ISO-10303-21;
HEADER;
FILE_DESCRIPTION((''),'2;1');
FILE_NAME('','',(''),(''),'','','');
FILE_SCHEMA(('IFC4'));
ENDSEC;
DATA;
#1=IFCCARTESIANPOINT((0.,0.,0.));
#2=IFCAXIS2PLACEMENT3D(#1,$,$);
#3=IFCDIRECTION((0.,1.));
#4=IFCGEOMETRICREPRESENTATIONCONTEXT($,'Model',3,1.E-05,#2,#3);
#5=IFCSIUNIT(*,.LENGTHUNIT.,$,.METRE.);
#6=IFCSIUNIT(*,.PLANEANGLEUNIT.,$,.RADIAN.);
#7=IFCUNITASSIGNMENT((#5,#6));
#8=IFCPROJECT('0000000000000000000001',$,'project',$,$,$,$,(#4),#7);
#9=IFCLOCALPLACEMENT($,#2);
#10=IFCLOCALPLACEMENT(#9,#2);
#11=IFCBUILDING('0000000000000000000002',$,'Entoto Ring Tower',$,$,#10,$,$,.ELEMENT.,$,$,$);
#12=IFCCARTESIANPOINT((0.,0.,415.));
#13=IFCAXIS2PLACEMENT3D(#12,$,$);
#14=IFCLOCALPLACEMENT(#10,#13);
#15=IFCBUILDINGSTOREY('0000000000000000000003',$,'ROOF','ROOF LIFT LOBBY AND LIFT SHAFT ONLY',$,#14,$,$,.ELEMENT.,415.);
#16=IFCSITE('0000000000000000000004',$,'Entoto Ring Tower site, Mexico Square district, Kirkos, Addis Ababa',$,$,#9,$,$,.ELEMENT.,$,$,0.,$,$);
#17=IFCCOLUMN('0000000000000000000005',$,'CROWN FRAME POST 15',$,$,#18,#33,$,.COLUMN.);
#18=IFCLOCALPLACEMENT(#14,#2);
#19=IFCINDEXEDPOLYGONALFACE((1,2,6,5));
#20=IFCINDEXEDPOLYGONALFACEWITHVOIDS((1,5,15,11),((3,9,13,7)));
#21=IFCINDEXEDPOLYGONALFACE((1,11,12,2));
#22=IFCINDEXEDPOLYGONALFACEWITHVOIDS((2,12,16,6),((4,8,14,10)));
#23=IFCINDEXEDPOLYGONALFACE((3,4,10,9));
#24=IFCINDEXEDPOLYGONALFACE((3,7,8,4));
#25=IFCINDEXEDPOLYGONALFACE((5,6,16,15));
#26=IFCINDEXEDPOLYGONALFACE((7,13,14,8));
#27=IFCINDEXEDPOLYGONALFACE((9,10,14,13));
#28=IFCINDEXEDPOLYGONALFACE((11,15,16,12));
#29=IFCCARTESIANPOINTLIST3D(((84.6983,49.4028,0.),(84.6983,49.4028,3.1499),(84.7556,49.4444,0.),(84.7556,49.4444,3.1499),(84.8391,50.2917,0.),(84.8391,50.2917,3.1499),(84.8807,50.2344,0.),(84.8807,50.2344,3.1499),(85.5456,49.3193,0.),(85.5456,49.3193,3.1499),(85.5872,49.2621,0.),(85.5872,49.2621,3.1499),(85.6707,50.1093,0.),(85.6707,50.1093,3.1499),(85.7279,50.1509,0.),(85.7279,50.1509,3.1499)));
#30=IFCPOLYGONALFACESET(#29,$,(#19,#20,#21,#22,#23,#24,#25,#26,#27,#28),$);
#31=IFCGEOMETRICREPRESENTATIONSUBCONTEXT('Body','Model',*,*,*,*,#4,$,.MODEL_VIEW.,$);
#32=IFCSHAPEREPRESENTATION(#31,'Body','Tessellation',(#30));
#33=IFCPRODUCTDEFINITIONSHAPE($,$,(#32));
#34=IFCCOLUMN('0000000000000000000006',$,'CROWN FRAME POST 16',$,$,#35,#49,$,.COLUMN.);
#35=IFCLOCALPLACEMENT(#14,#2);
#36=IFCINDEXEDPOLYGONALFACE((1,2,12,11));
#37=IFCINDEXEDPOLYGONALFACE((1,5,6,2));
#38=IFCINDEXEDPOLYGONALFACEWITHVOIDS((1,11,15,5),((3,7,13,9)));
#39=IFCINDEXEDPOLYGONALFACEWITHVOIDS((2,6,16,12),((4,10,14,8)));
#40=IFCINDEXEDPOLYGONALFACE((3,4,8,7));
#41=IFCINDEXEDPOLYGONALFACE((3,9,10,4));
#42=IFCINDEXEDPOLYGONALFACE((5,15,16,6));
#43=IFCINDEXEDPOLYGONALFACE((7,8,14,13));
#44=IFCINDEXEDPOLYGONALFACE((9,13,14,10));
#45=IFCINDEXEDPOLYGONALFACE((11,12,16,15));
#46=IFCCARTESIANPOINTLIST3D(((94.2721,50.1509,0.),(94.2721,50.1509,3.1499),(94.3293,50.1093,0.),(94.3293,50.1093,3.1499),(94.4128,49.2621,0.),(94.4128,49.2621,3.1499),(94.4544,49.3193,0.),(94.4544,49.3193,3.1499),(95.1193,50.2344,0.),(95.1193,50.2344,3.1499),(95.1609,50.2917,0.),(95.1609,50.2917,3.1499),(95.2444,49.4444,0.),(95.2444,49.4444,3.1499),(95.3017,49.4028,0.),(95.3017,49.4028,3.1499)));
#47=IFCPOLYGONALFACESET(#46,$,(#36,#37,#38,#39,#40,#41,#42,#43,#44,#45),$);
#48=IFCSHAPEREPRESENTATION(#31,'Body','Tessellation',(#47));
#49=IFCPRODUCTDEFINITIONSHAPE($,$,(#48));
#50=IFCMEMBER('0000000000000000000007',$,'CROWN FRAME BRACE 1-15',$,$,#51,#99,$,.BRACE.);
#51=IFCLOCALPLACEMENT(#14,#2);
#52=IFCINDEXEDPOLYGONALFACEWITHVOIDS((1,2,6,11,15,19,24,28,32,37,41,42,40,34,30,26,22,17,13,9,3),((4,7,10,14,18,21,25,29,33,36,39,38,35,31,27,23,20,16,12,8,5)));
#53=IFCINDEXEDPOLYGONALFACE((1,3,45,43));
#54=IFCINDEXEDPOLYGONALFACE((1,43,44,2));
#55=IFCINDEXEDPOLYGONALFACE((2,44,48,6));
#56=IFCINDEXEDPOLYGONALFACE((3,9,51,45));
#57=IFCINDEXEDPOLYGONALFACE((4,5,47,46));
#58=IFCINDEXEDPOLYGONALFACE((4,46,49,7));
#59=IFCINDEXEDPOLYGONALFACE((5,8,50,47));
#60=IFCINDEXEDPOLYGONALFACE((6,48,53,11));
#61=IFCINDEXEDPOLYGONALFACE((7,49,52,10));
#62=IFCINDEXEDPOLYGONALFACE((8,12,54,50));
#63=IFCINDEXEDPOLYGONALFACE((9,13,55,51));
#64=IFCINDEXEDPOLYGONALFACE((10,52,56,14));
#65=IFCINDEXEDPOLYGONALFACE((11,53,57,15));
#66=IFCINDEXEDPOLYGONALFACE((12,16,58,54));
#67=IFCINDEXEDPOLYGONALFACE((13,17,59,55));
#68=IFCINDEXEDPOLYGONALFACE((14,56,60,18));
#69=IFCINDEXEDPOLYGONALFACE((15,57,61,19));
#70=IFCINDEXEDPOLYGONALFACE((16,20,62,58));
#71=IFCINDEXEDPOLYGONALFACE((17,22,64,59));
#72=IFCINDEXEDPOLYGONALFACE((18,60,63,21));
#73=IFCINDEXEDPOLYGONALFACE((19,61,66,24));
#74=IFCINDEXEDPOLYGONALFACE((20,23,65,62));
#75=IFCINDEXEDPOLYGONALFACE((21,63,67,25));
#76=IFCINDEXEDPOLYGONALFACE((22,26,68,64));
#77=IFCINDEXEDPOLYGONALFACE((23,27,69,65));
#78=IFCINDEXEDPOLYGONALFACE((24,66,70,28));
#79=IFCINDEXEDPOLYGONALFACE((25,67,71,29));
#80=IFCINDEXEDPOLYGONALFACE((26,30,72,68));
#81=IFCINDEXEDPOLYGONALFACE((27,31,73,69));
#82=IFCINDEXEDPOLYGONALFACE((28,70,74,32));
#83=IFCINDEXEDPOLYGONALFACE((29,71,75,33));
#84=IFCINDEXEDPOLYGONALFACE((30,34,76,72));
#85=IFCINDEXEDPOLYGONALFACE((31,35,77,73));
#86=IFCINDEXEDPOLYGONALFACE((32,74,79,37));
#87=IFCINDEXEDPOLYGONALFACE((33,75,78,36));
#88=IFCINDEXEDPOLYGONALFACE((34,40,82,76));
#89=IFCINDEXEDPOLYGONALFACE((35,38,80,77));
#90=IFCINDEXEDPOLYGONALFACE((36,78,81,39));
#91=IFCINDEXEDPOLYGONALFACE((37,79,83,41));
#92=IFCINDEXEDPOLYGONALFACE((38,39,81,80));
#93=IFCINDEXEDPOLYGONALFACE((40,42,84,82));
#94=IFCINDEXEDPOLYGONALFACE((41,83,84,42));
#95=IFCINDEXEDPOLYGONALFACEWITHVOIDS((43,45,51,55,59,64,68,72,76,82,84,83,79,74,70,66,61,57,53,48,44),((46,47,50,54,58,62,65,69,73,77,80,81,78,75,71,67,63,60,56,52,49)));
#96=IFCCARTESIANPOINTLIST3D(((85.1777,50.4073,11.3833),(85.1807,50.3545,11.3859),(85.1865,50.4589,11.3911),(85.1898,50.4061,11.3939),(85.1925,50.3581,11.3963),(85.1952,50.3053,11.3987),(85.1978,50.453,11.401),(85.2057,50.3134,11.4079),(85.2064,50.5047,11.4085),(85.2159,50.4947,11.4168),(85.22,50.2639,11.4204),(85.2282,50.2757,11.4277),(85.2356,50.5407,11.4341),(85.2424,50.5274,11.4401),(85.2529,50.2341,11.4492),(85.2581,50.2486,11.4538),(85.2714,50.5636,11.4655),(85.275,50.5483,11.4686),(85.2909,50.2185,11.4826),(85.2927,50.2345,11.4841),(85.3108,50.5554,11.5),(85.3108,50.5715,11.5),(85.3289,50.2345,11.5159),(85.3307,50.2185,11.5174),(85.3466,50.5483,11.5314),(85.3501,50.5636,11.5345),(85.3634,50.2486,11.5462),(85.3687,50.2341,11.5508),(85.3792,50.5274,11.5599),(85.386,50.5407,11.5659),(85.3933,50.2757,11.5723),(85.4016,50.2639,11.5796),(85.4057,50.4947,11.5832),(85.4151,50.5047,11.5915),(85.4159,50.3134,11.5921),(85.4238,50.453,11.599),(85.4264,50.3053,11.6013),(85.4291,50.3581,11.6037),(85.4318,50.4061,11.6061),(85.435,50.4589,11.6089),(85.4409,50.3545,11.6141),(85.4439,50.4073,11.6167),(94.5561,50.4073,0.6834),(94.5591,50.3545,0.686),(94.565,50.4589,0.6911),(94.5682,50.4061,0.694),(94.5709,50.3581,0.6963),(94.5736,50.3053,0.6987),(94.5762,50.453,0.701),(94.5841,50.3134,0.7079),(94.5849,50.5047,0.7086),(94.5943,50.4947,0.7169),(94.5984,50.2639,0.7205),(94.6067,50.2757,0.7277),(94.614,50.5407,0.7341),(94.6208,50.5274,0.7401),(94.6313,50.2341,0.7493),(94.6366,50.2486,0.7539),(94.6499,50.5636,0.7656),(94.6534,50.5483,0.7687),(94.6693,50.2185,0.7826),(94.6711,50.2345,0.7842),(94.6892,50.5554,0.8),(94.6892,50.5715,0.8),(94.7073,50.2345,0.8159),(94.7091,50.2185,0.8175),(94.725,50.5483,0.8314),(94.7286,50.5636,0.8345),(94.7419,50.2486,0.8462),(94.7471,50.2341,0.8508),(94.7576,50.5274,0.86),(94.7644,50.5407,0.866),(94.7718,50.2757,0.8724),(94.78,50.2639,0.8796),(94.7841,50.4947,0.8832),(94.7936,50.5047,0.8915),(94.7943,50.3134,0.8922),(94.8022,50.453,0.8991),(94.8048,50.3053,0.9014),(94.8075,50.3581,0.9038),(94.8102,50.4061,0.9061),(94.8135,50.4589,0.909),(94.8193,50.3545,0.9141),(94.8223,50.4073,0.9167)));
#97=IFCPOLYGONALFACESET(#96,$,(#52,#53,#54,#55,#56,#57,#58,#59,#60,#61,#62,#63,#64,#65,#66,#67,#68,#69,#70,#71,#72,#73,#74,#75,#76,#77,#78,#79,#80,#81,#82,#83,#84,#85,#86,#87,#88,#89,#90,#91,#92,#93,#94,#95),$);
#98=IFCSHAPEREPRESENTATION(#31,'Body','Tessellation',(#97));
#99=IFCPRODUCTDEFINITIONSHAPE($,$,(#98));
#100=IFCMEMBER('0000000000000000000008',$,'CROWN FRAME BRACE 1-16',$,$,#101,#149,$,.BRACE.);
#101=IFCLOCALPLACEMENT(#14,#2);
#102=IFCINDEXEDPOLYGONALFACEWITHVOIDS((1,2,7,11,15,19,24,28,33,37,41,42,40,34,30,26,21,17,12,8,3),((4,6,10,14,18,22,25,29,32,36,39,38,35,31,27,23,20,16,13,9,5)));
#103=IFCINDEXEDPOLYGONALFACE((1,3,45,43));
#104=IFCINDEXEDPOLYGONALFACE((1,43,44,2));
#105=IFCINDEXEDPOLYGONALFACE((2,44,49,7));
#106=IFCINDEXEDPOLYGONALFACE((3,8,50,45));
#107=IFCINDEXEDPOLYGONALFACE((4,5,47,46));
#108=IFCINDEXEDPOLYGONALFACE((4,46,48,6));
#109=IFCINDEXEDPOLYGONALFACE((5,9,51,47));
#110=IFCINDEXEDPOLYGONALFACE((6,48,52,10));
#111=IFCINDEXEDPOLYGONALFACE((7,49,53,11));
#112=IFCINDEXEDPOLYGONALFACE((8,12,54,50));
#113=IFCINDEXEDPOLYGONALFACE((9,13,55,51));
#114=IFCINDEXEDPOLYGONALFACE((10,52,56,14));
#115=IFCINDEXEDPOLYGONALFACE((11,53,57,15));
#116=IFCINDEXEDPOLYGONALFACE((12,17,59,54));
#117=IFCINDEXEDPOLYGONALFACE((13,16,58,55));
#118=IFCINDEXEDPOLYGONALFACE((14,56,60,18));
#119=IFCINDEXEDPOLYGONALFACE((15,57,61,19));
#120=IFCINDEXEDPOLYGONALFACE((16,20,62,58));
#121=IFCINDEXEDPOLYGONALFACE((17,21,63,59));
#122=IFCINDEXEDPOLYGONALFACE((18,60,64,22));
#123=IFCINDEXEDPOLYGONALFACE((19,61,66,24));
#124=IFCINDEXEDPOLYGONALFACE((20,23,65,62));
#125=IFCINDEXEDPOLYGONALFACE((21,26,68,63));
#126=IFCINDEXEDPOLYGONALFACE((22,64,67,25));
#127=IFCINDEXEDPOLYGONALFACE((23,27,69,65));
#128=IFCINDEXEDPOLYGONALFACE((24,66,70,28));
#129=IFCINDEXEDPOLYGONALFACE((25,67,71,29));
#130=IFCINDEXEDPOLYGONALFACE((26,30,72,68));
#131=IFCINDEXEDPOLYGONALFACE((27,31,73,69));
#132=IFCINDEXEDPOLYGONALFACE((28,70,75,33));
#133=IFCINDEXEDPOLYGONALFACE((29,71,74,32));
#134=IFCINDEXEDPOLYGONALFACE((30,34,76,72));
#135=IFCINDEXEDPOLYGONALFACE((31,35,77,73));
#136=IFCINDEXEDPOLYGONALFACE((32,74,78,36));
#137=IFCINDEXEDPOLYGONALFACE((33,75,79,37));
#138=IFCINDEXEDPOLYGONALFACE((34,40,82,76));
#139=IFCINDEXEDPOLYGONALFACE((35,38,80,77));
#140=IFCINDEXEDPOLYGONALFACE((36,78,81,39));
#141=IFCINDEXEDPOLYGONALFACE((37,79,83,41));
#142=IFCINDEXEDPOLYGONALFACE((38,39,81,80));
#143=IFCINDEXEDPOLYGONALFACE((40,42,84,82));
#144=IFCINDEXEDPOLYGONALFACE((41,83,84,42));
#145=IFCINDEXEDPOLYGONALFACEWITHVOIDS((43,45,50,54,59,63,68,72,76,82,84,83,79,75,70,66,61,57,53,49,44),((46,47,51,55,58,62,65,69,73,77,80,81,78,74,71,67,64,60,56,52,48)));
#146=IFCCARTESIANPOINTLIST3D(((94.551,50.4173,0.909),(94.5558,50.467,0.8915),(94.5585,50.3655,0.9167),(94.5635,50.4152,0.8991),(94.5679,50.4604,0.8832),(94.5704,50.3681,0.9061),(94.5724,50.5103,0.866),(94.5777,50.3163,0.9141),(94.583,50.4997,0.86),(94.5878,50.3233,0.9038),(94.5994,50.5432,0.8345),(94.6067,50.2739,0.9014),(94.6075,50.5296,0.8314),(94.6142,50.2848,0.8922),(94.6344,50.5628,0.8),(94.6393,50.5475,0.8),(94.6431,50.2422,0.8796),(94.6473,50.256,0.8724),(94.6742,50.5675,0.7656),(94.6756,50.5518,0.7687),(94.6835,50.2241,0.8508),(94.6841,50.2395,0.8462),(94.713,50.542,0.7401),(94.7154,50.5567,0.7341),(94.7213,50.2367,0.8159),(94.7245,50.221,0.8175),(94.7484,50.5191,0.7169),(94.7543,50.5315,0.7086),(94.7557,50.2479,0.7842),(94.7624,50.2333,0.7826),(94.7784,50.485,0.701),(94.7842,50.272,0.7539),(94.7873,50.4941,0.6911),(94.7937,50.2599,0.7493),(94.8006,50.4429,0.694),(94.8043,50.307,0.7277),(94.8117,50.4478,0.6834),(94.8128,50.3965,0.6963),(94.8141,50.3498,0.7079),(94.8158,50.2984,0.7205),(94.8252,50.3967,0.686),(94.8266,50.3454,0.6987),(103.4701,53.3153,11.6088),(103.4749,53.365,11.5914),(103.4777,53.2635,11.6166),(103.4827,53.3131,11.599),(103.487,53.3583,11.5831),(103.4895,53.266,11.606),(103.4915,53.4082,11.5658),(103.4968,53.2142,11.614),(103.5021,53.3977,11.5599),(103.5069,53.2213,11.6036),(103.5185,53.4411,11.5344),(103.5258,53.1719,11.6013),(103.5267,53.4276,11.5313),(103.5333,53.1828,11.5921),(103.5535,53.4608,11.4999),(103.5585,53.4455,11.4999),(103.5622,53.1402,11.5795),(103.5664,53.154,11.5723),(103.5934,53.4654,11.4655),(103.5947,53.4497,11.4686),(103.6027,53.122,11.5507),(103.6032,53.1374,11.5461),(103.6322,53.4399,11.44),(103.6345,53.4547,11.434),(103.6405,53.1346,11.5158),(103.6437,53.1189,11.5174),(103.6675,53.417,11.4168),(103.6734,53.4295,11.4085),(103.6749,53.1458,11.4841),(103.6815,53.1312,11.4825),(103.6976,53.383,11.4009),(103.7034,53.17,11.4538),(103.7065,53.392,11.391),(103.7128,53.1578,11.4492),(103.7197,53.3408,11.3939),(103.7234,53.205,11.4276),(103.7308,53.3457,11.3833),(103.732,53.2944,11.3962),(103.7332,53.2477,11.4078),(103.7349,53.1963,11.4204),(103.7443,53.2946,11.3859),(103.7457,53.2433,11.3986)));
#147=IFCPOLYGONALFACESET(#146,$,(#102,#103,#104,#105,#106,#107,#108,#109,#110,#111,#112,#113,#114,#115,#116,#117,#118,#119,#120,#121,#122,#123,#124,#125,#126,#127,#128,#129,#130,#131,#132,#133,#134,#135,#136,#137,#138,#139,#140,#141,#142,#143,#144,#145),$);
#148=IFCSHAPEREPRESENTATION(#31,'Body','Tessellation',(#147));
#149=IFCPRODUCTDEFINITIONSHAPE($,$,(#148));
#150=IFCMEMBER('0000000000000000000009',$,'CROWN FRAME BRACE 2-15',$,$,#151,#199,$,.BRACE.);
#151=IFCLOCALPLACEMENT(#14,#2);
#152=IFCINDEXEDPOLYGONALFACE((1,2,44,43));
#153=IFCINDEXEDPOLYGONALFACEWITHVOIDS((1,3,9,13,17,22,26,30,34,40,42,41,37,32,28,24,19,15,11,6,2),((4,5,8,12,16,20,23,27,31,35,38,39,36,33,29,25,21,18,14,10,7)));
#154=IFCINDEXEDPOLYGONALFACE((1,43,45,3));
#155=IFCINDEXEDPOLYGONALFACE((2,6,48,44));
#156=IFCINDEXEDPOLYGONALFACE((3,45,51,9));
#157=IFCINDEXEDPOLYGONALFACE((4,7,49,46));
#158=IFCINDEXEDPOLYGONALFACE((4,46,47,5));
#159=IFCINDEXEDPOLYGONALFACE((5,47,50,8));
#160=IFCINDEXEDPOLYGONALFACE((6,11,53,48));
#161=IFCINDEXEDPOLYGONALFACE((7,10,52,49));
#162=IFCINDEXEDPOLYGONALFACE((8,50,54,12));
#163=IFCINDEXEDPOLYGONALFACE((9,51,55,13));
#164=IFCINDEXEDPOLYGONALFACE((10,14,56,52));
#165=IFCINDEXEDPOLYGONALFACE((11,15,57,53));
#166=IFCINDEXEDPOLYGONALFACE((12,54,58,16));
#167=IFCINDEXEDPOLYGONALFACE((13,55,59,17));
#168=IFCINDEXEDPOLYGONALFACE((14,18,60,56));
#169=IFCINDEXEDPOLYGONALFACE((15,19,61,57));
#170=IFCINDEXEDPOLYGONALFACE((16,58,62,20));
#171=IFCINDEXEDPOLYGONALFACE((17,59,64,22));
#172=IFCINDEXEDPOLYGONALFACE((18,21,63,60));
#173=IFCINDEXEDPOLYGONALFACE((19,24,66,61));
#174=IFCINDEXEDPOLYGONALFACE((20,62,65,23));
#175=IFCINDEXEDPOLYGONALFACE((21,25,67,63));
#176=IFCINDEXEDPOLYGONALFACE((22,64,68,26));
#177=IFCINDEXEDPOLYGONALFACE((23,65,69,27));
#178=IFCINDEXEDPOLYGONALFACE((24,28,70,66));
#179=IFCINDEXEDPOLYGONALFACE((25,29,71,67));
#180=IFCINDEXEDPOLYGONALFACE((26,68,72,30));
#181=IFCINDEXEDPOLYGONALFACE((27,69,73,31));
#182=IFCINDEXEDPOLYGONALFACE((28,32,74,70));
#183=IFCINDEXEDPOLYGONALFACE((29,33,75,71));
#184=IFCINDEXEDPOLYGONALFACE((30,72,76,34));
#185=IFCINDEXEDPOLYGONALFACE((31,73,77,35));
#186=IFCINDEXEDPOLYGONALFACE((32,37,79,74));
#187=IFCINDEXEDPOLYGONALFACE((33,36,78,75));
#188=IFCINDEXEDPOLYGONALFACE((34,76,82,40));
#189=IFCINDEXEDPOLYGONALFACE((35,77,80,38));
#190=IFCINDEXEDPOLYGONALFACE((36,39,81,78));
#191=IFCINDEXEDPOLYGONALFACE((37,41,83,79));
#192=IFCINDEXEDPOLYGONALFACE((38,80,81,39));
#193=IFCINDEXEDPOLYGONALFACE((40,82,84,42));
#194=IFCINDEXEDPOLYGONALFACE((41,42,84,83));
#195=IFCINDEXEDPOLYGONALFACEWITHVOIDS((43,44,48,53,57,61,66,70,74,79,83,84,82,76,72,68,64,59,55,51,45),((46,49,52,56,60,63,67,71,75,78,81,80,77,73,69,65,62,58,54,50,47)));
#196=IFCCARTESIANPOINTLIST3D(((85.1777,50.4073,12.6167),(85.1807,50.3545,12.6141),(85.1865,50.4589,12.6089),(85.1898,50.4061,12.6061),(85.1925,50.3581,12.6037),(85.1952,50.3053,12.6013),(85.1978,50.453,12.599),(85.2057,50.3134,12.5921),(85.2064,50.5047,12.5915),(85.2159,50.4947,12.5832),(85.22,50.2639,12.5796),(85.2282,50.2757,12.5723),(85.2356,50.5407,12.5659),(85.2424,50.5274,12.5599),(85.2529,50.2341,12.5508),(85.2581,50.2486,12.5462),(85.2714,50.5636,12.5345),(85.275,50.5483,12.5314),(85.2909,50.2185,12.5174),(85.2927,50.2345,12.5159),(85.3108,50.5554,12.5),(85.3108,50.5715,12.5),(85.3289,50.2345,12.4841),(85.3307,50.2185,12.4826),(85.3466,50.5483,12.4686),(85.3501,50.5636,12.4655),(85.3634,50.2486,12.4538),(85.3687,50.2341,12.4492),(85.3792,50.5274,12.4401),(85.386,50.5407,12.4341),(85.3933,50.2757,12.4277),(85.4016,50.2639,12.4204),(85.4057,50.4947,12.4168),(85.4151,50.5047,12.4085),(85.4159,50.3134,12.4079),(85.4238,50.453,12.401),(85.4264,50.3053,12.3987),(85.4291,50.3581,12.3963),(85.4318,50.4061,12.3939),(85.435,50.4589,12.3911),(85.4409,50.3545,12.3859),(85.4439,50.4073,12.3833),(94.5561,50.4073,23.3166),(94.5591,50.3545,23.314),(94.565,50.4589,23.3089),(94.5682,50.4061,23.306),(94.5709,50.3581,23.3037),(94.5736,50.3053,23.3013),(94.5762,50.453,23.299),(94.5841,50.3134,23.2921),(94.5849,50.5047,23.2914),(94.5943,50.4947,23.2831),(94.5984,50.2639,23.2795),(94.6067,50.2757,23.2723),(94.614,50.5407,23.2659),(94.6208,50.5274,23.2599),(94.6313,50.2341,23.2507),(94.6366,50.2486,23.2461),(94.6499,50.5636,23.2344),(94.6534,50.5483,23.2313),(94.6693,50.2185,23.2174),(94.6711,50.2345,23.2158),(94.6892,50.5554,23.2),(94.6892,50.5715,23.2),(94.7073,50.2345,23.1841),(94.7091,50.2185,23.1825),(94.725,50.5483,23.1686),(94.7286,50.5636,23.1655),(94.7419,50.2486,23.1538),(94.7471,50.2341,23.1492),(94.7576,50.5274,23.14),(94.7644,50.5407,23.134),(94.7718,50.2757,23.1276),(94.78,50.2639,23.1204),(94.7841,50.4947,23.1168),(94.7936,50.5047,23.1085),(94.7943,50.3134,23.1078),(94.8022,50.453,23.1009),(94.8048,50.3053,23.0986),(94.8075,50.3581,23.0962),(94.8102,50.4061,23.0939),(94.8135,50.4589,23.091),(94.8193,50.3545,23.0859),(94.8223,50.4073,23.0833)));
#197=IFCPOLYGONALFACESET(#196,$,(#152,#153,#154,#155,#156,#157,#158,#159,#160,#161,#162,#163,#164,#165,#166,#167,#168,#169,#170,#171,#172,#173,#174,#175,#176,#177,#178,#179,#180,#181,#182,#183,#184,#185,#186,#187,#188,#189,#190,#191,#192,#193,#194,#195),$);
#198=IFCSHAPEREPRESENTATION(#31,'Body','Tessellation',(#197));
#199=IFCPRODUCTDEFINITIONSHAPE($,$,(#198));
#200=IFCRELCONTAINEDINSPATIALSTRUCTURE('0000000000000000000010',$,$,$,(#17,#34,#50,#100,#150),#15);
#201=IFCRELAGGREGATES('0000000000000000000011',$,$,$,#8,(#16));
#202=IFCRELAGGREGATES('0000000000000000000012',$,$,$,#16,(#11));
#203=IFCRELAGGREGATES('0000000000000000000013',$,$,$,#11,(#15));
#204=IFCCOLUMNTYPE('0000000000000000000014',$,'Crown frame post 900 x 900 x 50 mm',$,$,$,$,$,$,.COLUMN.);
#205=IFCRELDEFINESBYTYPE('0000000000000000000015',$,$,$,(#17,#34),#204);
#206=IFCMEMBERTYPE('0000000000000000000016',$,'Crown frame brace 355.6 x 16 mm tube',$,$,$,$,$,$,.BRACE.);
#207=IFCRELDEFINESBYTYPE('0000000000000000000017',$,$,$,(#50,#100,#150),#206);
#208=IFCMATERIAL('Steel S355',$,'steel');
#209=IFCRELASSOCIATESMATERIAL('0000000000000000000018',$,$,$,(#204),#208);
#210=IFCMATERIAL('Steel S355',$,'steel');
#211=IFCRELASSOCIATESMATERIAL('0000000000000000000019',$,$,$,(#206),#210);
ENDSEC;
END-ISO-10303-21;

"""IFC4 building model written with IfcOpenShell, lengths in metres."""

from ifc_helpers import new_model, si_unit, direction, frame, origin, origin_2d, place, context, subcontext, project, spatial, hollow_rectangle, hollow_circle, extrude, material, material_profile, profile_set, type_object, element, save


model = new_model("IFC4")

# Units and contexts
model_context = context("Model", 3, precision=1e-05, world=origin(), true_north=direction((0.0, 1.0)))
body_context = subcontext(model_context, "Body", "Model", "MODEL_VIEW")
ifc_project = project(units=[si_unit("LENGTHUNIT", "METRE"), si_unit("PLANEANGLEUNIT", "RADIAN")], contexts=[model_context])

# Site, building, storey
site_placement = place(None, origin())
site = spatial("IfcSite", under=ifc_project, at=site_placement, Name="Entoto Ring Tower site, Mexico Square district, Kirkos, Addis Ababa", CompositionType="ELEMENT", RefElevation=0.0)
building_placement = place(site_placement, origin())
building = spatial("IfcBuilding", under=site, at=building_placement, Name="Entoto Ring Tower", CompositionType="ELEMENT")
storey_placement = place(building_placement, frame((0.0, 0.0, 415.0)))
storey = spatial("IfcBuildingStorey", under=building, at=storey_placement, Name="ROOF", Description="ROOF LIFT LOBBY AND LIFT SHAFT ONLY", CompositionType="ELEMENT", Elevation=415.0)

# Columns
ifc_material_1 = material(Name="Steel S355", Category="steel")
ifc_material_profile_1 = material_profile(ifc_material_1, hollow_rectangle(XDim=0.8999, YDim=0.8999, WallThickness=0.05, at=origin_2d()), Name="Crown frame post 900 x 900 x 50 mm")
ifc_profile_set_1 = profile_set([ifc_material_profile_1], Name="Steel S355")
column_type = type_object("IfcColumnType", Name="Crown frame post 900 x 900 x 50 mm", PredefinedType="COLUMN", material=ifc_profile_set_1)
for number, where, z_axis, x_axis, name in (
    (1, (85.2131, 49.7769, 0.0), (0.0, 0.0, 1.0), (0.987688, -0.156434, 0.0), "CROWN FRAME POST 15"),
    (2, (94.7869, 49.7769, 0.0), (0.0, 0.0, 1.0), (0.987688, 0.156434, 0.0), "CROWN FRAME POST 16"),
):
    element("IfcColumn", number, at=place(storey_placement, frame(where, z_axis=z_axis, x_axis=x_axis)), inside=storey, type_object=column_type, Name=name, PredefinedType="COLUMN", context=body_context, shape_type="SweptSolid", body=[
        extrude(hollow_rectangle(XDim=0.8999, YDim=0.8999, WallThickness=0.05, at=origin_2d()), origin(), (0.0, 0.0, 1.0), 3.1499),
    ])

# Members
ifc_material_2 = material(Name="Steel S355", Category="steel")
ifc_material_profile_2 = material_profile(ifc_material_2, hollow_circle(Radius=0.1775, WallThickness=0.0161, at=origin_2d()), Name="Crown frame brace 355.6 x 16 mm tube")
ifc_profile_set_2 = profile_set([ifc_material_profile_2], Name="Steel S355")
member_type_1 = type_object("IfcMemberType", Name="Crown frame brace 355.6 x 16 mm tube", PredefinedType="BRACE", material=ifc_profile_set_2)
member_1_placement = place(storey_placement, frame((85.3108, 50.394, 11.5), z_axis=(0.65914, 0.0, -0.752021), x_axis=(0.0, 1.0, 0.0)))
element("IfcMember", 3, at=member_1_placement, inside=storey, type_object=member_type_1, Name="CROWN FRAME BRACE 1-15", PredefinedType="BRACE", context=body_context, shape_type="SweptSolid", body=[
    extrude(hollow_circle(Radius=0.1775, WallThickness=0.0161, at=origin_2d()), origin(), (0.0, 0.0, 1.0), 14.2283),
])
member_2_placement = place(storey_placement, frame((94.6892, 50.394, 0.8), z_axis=(0.626871, 0.203678, 0.752029), x_axis=(-0.30901, 0.951059, 0.0)))
element("IfcMember", 4, at=member_2_placement, inside=storey, type_object=member_type_1, Name="CROWN FRAME BRACE 1-16", PredefinedType="BRACE", context=body_context, shape_type="SweptSolid", body=[
    extrude(hollow_circle(Radius=0.1775, WallThickness=0.0161, at=origin_2d()), origin(), (0.0, 0.0, 1.0), 14.228),
])
member_3_placement = place(storey_placement, frame((85.3108, 50.394, 12.5), z_axis=(0.65914, 0.0, 0.752021), x_axis=(0.0, 1.0, 0.0)))
element("IfcMember", 5, at=member_3_placement, inside=storey, type_object=member_type_1, Name="CROWN FRAME BRACE 2-15", PredefinedType="BRACE", context=body_context, shape_type="SweptSolid", body=[
    extrude(hollow_circle(Radius=0.1775, WallThickness=0.0161, at=origin_2d()), origin(), (0.0, 0.0, 1.0), 14.2283),
])

save(model, "model.ifc")
